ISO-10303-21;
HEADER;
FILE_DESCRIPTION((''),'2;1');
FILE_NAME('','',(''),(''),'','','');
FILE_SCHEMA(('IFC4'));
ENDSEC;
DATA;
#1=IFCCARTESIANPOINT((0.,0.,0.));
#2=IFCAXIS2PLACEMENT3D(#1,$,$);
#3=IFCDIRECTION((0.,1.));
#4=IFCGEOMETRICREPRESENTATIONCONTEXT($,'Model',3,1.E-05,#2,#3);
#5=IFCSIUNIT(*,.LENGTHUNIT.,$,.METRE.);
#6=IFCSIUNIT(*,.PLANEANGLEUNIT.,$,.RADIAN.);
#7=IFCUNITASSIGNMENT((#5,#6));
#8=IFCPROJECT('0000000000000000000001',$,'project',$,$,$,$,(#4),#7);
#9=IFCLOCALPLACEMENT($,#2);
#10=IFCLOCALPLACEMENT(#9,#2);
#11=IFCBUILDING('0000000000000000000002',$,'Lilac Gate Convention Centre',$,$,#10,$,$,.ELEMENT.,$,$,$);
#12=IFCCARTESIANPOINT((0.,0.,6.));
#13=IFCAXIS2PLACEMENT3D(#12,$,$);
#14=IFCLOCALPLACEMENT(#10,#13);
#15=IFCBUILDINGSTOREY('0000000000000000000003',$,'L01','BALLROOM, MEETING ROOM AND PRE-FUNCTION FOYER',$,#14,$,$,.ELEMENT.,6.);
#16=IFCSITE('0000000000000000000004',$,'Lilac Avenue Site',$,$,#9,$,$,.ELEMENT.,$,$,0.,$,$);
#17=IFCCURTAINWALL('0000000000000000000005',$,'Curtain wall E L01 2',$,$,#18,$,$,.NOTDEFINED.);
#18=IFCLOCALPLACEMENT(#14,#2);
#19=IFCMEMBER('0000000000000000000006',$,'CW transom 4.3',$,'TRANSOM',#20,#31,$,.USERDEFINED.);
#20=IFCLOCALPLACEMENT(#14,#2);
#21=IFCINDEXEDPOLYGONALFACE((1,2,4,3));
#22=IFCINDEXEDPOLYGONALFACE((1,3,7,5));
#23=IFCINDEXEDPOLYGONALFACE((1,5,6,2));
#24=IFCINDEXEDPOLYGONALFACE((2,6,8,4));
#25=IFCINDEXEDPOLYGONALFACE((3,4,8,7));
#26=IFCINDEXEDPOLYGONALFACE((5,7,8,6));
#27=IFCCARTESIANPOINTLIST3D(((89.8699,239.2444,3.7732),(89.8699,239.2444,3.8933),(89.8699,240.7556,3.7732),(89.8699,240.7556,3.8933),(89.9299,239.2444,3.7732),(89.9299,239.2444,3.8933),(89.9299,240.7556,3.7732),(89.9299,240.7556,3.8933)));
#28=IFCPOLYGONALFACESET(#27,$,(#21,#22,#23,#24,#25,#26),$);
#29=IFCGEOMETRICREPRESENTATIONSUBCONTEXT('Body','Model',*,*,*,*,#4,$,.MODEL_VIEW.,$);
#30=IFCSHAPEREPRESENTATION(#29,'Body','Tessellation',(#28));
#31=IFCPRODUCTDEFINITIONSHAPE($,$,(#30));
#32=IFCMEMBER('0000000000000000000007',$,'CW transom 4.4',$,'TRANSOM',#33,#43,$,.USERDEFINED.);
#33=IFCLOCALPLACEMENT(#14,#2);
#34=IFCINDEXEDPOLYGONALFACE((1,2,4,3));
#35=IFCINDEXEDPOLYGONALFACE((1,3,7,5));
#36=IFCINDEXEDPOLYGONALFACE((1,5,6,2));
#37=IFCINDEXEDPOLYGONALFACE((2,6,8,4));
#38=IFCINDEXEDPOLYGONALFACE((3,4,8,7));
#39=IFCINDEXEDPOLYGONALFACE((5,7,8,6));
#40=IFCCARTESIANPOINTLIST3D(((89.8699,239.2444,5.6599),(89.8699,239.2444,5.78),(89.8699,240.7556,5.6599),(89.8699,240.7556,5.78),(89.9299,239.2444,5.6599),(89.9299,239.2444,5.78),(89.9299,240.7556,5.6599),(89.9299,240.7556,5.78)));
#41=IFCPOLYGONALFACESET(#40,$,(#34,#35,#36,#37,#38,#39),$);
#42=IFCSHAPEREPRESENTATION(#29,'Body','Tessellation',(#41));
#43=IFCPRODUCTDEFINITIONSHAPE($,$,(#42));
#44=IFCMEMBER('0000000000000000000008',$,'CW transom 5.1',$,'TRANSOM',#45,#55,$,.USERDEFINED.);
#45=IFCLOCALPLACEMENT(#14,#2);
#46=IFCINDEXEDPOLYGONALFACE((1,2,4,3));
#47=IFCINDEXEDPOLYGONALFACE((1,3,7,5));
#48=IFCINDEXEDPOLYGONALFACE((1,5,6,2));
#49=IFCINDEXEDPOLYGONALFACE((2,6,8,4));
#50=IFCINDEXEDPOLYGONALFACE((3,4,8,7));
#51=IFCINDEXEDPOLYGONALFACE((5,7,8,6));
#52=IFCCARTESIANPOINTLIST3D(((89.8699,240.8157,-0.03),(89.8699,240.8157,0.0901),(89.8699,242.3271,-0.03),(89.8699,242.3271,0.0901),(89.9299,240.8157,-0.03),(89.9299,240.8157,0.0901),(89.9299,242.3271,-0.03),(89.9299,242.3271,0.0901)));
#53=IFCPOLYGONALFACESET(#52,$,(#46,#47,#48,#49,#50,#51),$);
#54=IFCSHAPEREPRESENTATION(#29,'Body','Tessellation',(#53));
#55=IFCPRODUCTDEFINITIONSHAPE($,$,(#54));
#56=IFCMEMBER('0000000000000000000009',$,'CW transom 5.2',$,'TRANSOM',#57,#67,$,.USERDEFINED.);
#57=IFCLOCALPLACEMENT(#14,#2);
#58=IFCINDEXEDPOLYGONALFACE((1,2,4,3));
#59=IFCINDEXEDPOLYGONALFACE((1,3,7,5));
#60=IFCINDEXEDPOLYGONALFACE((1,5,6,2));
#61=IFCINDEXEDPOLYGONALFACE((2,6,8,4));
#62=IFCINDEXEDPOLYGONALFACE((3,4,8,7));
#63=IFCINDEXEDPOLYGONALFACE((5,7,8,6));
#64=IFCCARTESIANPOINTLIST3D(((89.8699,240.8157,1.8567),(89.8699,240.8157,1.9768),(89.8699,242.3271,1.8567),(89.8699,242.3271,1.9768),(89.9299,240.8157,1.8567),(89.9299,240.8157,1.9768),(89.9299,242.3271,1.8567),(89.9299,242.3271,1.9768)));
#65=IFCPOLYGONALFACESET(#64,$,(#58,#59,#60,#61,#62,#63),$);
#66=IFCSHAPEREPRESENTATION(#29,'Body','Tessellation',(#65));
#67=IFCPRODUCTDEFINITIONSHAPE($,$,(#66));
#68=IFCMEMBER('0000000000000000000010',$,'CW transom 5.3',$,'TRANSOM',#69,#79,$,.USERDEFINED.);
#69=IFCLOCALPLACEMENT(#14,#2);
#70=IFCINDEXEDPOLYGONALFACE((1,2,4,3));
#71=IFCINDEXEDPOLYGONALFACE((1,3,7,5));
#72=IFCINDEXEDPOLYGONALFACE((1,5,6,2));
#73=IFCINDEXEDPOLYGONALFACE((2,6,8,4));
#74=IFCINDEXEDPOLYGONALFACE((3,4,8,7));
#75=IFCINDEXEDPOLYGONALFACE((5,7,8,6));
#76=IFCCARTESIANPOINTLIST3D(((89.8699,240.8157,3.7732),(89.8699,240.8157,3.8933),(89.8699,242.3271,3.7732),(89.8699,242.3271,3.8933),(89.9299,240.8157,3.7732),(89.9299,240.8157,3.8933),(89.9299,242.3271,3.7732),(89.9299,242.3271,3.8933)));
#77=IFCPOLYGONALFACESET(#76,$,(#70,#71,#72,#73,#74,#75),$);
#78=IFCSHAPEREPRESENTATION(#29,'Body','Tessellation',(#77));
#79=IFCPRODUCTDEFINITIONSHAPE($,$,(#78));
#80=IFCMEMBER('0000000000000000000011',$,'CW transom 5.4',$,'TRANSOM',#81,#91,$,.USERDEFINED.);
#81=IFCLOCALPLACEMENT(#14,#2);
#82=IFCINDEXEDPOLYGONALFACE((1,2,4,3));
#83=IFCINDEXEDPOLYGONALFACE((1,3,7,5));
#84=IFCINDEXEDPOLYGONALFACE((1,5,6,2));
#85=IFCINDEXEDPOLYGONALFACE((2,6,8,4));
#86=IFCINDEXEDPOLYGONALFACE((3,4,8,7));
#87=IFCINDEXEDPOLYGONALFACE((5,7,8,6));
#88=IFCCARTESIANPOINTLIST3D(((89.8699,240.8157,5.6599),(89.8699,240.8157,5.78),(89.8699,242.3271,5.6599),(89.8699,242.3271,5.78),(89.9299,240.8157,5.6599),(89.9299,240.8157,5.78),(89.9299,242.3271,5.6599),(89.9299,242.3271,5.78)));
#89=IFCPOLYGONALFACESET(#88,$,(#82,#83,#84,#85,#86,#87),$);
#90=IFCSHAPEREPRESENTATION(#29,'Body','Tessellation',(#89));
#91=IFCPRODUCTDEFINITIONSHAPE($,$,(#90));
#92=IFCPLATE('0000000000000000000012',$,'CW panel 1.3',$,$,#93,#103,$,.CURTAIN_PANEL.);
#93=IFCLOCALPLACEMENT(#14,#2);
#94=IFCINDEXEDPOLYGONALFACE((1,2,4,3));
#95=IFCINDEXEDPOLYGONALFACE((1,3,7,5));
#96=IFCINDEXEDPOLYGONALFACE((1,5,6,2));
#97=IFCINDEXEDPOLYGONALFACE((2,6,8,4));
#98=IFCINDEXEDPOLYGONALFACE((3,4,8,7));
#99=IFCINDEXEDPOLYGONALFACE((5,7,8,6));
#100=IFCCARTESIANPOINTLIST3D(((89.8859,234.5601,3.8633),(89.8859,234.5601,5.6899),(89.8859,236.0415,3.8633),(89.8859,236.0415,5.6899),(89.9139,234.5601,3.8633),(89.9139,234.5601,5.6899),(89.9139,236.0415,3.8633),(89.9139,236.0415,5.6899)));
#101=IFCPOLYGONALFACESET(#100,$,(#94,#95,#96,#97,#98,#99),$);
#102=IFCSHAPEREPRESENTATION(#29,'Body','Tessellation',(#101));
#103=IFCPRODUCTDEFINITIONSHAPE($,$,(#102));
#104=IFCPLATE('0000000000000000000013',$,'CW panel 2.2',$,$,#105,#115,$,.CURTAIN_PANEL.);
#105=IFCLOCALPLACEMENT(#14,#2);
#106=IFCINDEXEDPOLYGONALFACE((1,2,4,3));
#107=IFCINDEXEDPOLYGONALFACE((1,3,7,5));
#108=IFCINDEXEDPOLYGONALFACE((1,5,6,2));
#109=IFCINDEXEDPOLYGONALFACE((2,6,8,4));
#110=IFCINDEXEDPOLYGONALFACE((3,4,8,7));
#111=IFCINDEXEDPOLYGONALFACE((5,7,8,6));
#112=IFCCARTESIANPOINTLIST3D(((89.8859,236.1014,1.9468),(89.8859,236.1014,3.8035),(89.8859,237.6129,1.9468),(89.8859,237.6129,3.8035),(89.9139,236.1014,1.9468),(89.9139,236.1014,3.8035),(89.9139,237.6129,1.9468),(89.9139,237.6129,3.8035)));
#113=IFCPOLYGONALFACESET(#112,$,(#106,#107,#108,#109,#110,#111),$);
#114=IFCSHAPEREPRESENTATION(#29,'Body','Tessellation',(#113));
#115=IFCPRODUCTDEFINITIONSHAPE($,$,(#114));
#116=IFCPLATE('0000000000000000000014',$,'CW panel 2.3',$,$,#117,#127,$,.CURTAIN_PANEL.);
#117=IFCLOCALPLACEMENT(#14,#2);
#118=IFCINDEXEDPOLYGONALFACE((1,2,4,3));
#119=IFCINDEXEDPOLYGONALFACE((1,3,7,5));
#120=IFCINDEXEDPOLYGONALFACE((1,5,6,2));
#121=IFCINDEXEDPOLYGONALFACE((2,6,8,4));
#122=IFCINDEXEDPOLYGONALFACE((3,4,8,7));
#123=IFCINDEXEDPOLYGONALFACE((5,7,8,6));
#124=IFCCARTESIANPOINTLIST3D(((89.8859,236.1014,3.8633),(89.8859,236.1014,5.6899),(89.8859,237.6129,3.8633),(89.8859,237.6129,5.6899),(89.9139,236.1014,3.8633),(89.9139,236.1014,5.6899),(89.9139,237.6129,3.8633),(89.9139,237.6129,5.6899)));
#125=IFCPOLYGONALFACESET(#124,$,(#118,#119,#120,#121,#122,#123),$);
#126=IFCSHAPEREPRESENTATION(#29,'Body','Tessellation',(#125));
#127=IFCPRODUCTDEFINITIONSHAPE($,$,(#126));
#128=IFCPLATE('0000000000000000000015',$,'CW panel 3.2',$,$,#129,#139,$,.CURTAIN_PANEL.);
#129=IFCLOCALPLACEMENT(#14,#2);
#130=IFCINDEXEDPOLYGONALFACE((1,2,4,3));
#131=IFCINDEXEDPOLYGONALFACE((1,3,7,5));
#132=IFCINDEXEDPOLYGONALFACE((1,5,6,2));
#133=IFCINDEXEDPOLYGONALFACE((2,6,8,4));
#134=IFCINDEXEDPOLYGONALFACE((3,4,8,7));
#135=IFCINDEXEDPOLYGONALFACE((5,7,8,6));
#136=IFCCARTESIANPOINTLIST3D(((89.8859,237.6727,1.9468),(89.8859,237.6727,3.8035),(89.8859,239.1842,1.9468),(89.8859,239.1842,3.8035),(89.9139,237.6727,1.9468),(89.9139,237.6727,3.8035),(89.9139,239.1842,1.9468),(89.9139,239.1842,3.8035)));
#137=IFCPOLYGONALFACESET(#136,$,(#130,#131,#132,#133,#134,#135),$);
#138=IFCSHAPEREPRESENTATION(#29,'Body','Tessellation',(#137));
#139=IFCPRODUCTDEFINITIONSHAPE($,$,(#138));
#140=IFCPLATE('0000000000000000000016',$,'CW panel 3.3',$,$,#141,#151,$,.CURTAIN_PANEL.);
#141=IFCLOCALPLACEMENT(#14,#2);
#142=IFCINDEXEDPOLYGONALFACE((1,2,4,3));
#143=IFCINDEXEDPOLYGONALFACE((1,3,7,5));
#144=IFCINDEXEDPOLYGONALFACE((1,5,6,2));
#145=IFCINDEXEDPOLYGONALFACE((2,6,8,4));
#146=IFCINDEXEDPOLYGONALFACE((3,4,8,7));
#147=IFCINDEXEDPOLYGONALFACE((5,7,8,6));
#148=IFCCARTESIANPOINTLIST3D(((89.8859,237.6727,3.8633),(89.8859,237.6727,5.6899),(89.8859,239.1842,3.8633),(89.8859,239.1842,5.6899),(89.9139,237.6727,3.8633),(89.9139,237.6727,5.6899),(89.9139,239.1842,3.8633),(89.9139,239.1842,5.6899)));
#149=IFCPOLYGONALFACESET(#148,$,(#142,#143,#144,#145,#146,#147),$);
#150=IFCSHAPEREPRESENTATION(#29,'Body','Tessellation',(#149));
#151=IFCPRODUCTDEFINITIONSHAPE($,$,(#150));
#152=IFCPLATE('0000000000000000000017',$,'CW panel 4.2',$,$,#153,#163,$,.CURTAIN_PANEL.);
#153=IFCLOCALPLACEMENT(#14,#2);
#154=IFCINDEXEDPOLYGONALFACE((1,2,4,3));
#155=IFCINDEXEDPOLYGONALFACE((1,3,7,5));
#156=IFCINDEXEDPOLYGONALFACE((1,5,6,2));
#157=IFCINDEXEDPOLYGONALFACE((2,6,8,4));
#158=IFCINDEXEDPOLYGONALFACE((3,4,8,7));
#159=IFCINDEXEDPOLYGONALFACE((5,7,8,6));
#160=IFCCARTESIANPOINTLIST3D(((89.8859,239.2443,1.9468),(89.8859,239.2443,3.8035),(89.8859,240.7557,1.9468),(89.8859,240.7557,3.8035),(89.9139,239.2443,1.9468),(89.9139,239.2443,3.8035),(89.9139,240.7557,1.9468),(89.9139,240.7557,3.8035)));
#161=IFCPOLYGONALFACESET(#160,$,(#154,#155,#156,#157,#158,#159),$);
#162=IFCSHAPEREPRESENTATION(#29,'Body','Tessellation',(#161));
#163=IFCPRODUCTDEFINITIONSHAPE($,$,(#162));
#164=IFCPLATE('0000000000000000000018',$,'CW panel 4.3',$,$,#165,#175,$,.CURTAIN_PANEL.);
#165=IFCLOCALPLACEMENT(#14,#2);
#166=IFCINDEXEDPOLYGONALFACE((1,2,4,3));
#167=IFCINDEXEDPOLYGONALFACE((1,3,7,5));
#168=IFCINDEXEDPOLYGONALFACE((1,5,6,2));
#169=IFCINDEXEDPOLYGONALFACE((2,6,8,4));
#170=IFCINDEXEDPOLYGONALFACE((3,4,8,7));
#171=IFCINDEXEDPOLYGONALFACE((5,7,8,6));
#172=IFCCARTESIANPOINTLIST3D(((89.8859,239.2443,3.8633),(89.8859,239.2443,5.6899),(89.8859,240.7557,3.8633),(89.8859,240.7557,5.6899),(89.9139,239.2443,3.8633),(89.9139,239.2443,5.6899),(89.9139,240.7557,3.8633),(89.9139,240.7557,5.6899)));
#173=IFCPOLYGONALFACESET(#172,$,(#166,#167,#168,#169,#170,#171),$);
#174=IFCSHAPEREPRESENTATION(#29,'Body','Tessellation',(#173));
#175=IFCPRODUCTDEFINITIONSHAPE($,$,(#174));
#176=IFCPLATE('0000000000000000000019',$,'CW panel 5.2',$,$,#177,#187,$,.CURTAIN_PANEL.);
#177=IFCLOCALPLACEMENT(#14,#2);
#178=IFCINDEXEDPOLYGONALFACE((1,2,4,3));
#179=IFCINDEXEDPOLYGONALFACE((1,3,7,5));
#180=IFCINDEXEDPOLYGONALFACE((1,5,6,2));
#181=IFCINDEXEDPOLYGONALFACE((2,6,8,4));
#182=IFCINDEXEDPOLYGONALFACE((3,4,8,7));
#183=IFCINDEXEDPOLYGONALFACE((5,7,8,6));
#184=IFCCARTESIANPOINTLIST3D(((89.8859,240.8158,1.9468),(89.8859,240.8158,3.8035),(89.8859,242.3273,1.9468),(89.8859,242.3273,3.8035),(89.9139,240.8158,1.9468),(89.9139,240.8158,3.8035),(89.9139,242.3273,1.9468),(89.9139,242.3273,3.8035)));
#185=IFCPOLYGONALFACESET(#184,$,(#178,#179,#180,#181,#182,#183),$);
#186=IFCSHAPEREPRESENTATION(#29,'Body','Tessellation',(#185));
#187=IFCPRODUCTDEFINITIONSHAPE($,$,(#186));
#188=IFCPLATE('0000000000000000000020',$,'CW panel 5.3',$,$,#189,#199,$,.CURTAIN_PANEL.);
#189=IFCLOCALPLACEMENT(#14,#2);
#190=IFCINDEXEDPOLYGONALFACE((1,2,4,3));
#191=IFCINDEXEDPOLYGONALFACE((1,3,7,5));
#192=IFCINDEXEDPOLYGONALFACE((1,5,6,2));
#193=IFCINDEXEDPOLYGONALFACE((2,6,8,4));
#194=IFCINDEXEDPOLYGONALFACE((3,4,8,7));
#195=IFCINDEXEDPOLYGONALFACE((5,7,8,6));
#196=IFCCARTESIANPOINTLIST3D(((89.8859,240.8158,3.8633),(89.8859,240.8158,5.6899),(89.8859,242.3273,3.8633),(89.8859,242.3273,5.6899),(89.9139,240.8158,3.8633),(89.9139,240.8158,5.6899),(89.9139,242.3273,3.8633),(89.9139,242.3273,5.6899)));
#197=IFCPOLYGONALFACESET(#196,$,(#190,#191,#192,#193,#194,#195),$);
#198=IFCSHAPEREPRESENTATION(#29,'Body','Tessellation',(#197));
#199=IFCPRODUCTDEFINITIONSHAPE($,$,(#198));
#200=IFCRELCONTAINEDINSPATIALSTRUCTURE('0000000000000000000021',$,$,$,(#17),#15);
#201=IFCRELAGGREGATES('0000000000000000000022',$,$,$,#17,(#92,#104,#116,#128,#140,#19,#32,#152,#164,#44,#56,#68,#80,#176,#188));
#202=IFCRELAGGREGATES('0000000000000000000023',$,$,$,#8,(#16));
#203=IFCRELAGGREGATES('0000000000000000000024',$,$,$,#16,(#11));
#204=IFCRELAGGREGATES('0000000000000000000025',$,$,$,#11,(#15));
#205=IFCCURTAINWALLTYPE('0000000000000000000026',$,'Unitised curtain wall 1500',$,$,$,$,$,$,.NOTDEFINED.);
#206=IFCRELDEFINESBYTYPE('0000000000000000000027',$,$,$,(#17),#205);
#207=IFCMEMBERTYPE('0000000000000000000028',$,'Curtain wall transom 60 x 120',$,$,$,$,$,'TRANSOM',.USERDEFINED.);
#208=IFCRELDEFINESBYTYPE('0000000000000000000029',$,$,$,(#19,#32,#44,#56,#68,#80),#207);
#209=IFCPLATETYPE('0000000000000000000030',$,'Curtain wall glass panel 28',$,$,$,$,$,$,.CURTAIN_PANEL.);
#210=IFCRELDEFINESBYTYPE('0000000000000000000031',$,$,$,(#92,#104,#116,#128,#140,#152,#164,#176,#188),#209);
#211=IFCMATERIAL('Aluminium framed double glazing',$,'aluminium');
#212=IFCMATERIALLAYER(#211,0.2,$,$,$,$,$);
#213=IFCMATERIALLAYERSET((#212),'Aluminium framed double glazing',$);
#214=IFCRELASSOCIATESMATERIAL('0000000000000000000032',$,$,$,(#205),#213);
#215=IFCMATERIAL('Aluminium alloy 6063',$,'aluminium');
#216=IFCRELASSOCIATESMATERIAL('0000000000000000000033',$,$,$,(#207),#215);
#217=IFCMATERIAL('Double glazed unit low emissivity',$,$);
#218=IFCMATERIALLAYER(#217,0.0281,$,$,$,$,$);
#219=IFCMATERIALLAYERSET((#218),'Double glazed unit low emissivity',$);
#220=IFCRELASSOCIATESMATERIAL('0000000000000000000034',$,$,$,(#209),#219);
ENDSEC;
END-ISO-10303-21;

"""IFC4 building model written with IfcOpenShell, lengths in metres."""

from ifc_helpers import new_model, si_unit, direction, frame, origin, origin_2d, place, context, subcontext, project, spatial, rectangle, extrude, material, layer, layer_set, material_profile, profile_set, type_object, element, aggregate, save


model = new_model("IFC4")

# Units and contexts
model_context = context("Model", 3, precision=1e-05, world=origin(), true_north=direction((0.0, 1.0)))
body_context = subcontext(model_context, "Body", "Model", "MODEL_VIEW")
ifc_project = project(units=[si_unit("LENGTHUNIT", "METRE"), si_unit("PLANEANGLEUNIT", "RADIAN")], contexts=[model_context])

# Site, building, storey
site_placement = place(None, origin())
site = spatial("IfcSite", under=ifc_project, at=site_placement, Name="Lilac Avenue Site", CompositionType="ELEMENT", RefElevation=0.0)
building_placement = place(site_placement, origin())
building = spatial("IfcBuilding", under=site, at=building_placement, Name="Lilac Gate Convention Centre", CompositionType="ELEMENT")
storey_placement = place(building_placement, frame((0.0, 0.0, 6.0)))
storey = spatial("IfcBuildingStorey", under=building, at=storey_placement, Name="L01", Description="BALLROOM, MEETING ROOM AND PRE-FUNCTION FOYER", CompositionType="ELEMENT", Elevation=6.0)

# Curtain wall, members, plates
ifc_material_1 = material(Name="Aluminium framed double glazing", Category="aluminium")
ifc_layer_1 = layer(ifc_material_1, 0.2)
ifc_layer_set_1 = layer_set([ifc_layer_1], Name="Aluminium framed double glazing")
curtain_wall_type = type_object("IfcCurtainWallType", Name="Unitised curtain wall 1500", PredefinedType="NOTDEFINED", material=ifc_layer_set_1)
curtain_wall_placement = place(storey_placement, origin())
curtain_wall = element("IfcCurtainWall", 1, at=curtain_wall_placement, inside=storey, type_object=curtain_wall_type, Name="Curtain wall E L01 2", PredefinedType="NOTDEFINED")
ifc_material_2 = material(Name="Aluminium alloy 6063", Category="aluminium")
ifc_material_profile_1 = material_profile(ifc_material_2, rectangle(XDim=0.0601, YDim=0.1201, at=origin_2d()), Name="Curtain wall transom 60 x 120")
ifc_profile_set_1 = profile_set([ifc_material_profile_1], Name="Aluminium alloy 6063")
member_type_1 = type_object("IfcMemberType", Name="Curtain wall transom 60 x 120", ElementType="TRANSOM", PredefinedType="USERDEFINED", material=ifc_profile_set_1)
member_1_placement = place(storey_placement, frame((89.8999, 239.2444, 3.8333), z_axis=(0.0, 1.0, 0.0), x_axis=(-1.0, 0.0, 0.0)))
member_1 = element("IfcMember", 2, at=member_1_placement, type_object=member_type_1, Name="CW transom 4.3", ObjectType="TRANSOM", PredefinedType="USERDEFINED", context=body_context, shape_type="SweptSolid", body=[
    extrude(rectangle(XDim=0.0601, YDim=0.1201, at=origin_2d()), origin(), (0.0, 0.0, 1.0), 1.5112),
])
member_2_placement = place(storey_placement, frame((89.8999, 239.2444, 5.72), z_axis=(0.0, 1.0, 0.0), x_axis=(-1.0, 0.0, 0.0)))
member_2 = element("IfcMember", 3, at=member_2_placement, type_object=member_type_1, Name="CW transom 4.4", ObjectType="TRANSOM", PredefinedType="USERDEFINED", context=body_context, shape_type="SweptSolid", body=[
    extrude(rectangle(XDim=0.0601, YDim=0.1201, at=origin_2d()), origin(), (0.0, 0.0, 1.0), 1.5112),
])
member_3_placement = place(storey_placement, frame((89.8999, 240.8157, 0.03), z_axis=(0.0, 1.0, 0.0), x_axis=(-1.0, 0.0, 0.0)))
member_3 = element("IfcMember", 4, at=member_3_placement, type_object=member_type_1, Name="CW transom 5.1", ObjectType="TRANSOM", PredefinedType="USERDEFINED", context=body_context, shape_type="SweptSolid", body=[
    extrude(rectangle(XDim=0.0601, YDim=0.1201, at=origin_2d()), origin(), (0.0, 0.0, 1.0), 1.5115),
])
member_4_placement = place(storey_placement, frame((89.8999, 240.8157, 1.9167), z_axis=(0.0, 1.0, 0.0), x_axis=(-1.0, 0.0, 0.0)))
member_4 = element("IfcMember", 5, at=member_4_placement, type_object=member_type_1, Name="CW transom 5.2", ObjectType="TRANSOM", PredefinedType="USERDEFINED", context=body_context, shape_type="SweptSolid", body=[
    extrude(rectangle(XDim=0.0601, YDim=0.1201, at=origin_2d()), origin(), (0.0, 0.0, 1.0), 1.5115),
])
member_5_placement = place(storey_placement, frame((89.8999, 240.8157, 3.8333), z_axis=(0.0, 1.0, 0.0), x_axis=(-1.0, 0.0, 0.0)))
member_5 = element("IfcMember", 6, at=member_5_placement, type_object=member_type_1, Name="CW transom 5.3", ObjectType="TRANSOM", PredefinedType="USERDEFINED", context=body_context, shape_type="SweptSolid", body=[
    extrude(rectangle(XDim=0.0601, YDim=0.1201, at=origin_2d()), origin(), (0.0, 0.0, 1.0), 1.5115),
])
member_6_placement = place(storey_placement, frame((89.8999, 240.8157, 5.72), z_axis=(0.0, 1.0, 0.0), x_axis=(-1.0, 0.0, 0.0)))
member_6 = element("IfcMember", 7, at=member_6_placement, type_object=member_type_1, Name="CW transom 5.4", ObjectType="TRANSOM", PredefinedType="USERDEFINED", context=body_context, shape_type="SweptSolid", body=[
    extrude(rectangle(XDim=0.0601, YDim=0.1201, at=origin_2d()), origin(), (0.0, 0.0, 1.0), 1.5115),
])
ifc_material_3 = material(Name="Double glazed unit low emissivity")
ifc_layer_2 = layer(ifc_material_3, 0.0281)
ifc_layer_set_2 = layer_set([ifc_layer_2], Name="Double glazed unit low emissivity")
plate_type_1 = type_object("IfcPlateType", Name="Curtain wall glass panel 28", PredefinedType="CURTAIN_PANEL", material=ifc_layer_set_2)
plate_1_placement = place(storey_placement, frame((89.8999, 235.3008, 3.8633), z_axis=(0.0, 0.0, 1.0), x_axis=(0.0, 1.0, 0.0)))
plate_1 = element("IfcPlate", 8, at=plate_1_placement, type_object=plate_type_1, Name="CW panel 1.3", PredefinedType="CURTAIN_PANEL", context=body_context, shape_type="SweptSolid", body=[
    extrude(rectangle(XDim=1.4814, YDim=0.0281, at=origin_2d()), origin(), (0.0, 0.0, 1.0), 1.8267),
])
plate_2_placement = place(storey_placement, frame((89.8999, 236.8572, 1.9468), z_axis=(0.0, 0.0, 1.0), x_axis=(0.0, 1.0, 0.0)))
plate_2 = element("IfcPlate", 9, at=plate_2_placement, type_object=plate_type_1, Name="CW panel 2.2", PredefinedType="CURTAIN_PANEL", context=body_context, shape_type="SweptSolid", body=[
    extrude(rectangle(XDim=1.5115, YDim=0.0281, at=origin_2d()), origin(), (0.0, 0.0, 1.0), 1.8567),
])
plate_3_placement = place(storey_placement, frame((89.8999, 236.8572, 3.8633), z_axis=(0.0, 0.0, 1.0), x_axis=(0.0, 1.0, 0.0)))
plate_3 = element("IfcPlate", 10, at=plate_3_placement, type_object=plate_type_1, Name="CW panel 2.3", PredefinedType="CURTAIN_PANEL", context=body_context, shape_type="SweptSolid", body=[
    extrude(rectangle(XDim=1.5115, YDim=0.0281, at=origin_2d()), origin(), (0.0, 0.0, 1.0), 1.8267),
])
plate_4_placement = place(storey_placement, frame((89.8999, 238.4285, 1.9468), z_axis=(0.0, 0.0, 1.0), x_axis=(0.0, 1.0, 0.0)))
plate_4 = element("IfcPlate", 11, at=plate_4_placement, type_object=plate_type_1, Name="CW panel 3.2", PredefinedType="CURTAIN_PANEL", context=body_context, shape_type="SweptSolid", body=[
    extrude(rectangle(XDim=1.5115, YDim=0.0281, at=origin_2d()), origin(), (0.0, 0.0, 1.0), 1.8567),
])
plate_5_placement = place(storey_placement, frame((89.8999, 238.4285, 3.8633), z_axis=(0.0, 0.0, 1.0), x_axis=(0.0, 1.0, 0.0)))
plate_5 = element("IfcPlate", 12, at=plate_5_placement, type_object=plate_type_1, Name="CW panel 3.3", PredefinedType="CURTAIN_PANEL", context=body_context, shape_type="SweptSolid", body=[
    extrude(rectangle(XDim=1.5115, YDim=0.0281, at=origin_2d()), origin(), (0.0, 0.0, 1.0), 1.8267),
])
plate_6_placement = place(storey_placement, frame((89.8999, 240.0, 1.9468), z_axis=(0.0, 0.0, 1.0), x_axis=(0.0, 1.0, 0.0)))
plate_6 = element("IfcPlate", 13, at=plate_6_placement, type_object=plate_type_1, Name="CW panel 4.2", PredefinedType="CURTAIN_PANEL", context=body_context, shape_type="SweptSolid", body=[
    extrude(rectangle(XDim=1.5115, YDim=0.0281, at=origin_2d()), origin(), (0.0, 0.0, 1.0), 1.8567),
])
plate_7_placement = place(storey_placement, frame((89.8999, 240.0, 3.8633), z_axis=(0.0, 0.0, 1.0), x_axis=(0.0, 1.0, 0.0)))
plate_7 = element("IfcPlate", 14, at=plate_7_placement, type_object=plate_type_1, Name="CW panel 4.3", PredefinedType="CURTAIN_PANEL", context=body_context, shape_type="SweptSolid", body=[
    extrude(rectangle(XDim=1.5115, YDim=0.0281, at=origin_2d()), origin(), (0.0, 0.0, 1.0), 1.8267),
])
plate_8_placement = place(storey_placement, frame((89.8999, 241.5715, 1.9468), z_axis=(0.0, 0.0, 1.0), x_axis=(0.0, 1.0, 0.0)))
plate_8 = element("IfcPlate", 15, at=plate_8_placement, type_object=plate_type_1, Name="CW panel 5.2", PredefinedType="CURTAIN_PANEL", context=body_context, shape_type="SweptSolid", body=[
    extrude(rectangle(XDim=1.5115, YDim=0.0281, at=origin_2d()), origin(), (0.0, 0.0, 1.0), 1.8567),
])
plate_9_placement = place(storey_placement, frame((89.8999, 241.5715, 3.8633), z_axis=(0.0, 0.0, 1.0), x_axis=(0.0, 1.0, 0.0)))
plate_9 = element("IfcPlate", 16, at=plate_9_placement, type_object=plate_type_1, Name="CW panel 5.3", PredefinedType="CURTAIN_PANEL", context=body_context, shape_type="SweptSolid", body=[
    extrude(rectangle(XDim=1.5115, YDim=0.0281, at=origin_2d()), origin(), (0.0, 0.0, 1.0), 1.8267),
])
aggregate(curtain_wall, [plate_1, plate_2, plate_3, plate_4, plate_5, member_1, member_2, plate_6, plate_7, member_3, member_4, member_5, member_6, plate_8, plate_9])

save(model, "model.ifc")
